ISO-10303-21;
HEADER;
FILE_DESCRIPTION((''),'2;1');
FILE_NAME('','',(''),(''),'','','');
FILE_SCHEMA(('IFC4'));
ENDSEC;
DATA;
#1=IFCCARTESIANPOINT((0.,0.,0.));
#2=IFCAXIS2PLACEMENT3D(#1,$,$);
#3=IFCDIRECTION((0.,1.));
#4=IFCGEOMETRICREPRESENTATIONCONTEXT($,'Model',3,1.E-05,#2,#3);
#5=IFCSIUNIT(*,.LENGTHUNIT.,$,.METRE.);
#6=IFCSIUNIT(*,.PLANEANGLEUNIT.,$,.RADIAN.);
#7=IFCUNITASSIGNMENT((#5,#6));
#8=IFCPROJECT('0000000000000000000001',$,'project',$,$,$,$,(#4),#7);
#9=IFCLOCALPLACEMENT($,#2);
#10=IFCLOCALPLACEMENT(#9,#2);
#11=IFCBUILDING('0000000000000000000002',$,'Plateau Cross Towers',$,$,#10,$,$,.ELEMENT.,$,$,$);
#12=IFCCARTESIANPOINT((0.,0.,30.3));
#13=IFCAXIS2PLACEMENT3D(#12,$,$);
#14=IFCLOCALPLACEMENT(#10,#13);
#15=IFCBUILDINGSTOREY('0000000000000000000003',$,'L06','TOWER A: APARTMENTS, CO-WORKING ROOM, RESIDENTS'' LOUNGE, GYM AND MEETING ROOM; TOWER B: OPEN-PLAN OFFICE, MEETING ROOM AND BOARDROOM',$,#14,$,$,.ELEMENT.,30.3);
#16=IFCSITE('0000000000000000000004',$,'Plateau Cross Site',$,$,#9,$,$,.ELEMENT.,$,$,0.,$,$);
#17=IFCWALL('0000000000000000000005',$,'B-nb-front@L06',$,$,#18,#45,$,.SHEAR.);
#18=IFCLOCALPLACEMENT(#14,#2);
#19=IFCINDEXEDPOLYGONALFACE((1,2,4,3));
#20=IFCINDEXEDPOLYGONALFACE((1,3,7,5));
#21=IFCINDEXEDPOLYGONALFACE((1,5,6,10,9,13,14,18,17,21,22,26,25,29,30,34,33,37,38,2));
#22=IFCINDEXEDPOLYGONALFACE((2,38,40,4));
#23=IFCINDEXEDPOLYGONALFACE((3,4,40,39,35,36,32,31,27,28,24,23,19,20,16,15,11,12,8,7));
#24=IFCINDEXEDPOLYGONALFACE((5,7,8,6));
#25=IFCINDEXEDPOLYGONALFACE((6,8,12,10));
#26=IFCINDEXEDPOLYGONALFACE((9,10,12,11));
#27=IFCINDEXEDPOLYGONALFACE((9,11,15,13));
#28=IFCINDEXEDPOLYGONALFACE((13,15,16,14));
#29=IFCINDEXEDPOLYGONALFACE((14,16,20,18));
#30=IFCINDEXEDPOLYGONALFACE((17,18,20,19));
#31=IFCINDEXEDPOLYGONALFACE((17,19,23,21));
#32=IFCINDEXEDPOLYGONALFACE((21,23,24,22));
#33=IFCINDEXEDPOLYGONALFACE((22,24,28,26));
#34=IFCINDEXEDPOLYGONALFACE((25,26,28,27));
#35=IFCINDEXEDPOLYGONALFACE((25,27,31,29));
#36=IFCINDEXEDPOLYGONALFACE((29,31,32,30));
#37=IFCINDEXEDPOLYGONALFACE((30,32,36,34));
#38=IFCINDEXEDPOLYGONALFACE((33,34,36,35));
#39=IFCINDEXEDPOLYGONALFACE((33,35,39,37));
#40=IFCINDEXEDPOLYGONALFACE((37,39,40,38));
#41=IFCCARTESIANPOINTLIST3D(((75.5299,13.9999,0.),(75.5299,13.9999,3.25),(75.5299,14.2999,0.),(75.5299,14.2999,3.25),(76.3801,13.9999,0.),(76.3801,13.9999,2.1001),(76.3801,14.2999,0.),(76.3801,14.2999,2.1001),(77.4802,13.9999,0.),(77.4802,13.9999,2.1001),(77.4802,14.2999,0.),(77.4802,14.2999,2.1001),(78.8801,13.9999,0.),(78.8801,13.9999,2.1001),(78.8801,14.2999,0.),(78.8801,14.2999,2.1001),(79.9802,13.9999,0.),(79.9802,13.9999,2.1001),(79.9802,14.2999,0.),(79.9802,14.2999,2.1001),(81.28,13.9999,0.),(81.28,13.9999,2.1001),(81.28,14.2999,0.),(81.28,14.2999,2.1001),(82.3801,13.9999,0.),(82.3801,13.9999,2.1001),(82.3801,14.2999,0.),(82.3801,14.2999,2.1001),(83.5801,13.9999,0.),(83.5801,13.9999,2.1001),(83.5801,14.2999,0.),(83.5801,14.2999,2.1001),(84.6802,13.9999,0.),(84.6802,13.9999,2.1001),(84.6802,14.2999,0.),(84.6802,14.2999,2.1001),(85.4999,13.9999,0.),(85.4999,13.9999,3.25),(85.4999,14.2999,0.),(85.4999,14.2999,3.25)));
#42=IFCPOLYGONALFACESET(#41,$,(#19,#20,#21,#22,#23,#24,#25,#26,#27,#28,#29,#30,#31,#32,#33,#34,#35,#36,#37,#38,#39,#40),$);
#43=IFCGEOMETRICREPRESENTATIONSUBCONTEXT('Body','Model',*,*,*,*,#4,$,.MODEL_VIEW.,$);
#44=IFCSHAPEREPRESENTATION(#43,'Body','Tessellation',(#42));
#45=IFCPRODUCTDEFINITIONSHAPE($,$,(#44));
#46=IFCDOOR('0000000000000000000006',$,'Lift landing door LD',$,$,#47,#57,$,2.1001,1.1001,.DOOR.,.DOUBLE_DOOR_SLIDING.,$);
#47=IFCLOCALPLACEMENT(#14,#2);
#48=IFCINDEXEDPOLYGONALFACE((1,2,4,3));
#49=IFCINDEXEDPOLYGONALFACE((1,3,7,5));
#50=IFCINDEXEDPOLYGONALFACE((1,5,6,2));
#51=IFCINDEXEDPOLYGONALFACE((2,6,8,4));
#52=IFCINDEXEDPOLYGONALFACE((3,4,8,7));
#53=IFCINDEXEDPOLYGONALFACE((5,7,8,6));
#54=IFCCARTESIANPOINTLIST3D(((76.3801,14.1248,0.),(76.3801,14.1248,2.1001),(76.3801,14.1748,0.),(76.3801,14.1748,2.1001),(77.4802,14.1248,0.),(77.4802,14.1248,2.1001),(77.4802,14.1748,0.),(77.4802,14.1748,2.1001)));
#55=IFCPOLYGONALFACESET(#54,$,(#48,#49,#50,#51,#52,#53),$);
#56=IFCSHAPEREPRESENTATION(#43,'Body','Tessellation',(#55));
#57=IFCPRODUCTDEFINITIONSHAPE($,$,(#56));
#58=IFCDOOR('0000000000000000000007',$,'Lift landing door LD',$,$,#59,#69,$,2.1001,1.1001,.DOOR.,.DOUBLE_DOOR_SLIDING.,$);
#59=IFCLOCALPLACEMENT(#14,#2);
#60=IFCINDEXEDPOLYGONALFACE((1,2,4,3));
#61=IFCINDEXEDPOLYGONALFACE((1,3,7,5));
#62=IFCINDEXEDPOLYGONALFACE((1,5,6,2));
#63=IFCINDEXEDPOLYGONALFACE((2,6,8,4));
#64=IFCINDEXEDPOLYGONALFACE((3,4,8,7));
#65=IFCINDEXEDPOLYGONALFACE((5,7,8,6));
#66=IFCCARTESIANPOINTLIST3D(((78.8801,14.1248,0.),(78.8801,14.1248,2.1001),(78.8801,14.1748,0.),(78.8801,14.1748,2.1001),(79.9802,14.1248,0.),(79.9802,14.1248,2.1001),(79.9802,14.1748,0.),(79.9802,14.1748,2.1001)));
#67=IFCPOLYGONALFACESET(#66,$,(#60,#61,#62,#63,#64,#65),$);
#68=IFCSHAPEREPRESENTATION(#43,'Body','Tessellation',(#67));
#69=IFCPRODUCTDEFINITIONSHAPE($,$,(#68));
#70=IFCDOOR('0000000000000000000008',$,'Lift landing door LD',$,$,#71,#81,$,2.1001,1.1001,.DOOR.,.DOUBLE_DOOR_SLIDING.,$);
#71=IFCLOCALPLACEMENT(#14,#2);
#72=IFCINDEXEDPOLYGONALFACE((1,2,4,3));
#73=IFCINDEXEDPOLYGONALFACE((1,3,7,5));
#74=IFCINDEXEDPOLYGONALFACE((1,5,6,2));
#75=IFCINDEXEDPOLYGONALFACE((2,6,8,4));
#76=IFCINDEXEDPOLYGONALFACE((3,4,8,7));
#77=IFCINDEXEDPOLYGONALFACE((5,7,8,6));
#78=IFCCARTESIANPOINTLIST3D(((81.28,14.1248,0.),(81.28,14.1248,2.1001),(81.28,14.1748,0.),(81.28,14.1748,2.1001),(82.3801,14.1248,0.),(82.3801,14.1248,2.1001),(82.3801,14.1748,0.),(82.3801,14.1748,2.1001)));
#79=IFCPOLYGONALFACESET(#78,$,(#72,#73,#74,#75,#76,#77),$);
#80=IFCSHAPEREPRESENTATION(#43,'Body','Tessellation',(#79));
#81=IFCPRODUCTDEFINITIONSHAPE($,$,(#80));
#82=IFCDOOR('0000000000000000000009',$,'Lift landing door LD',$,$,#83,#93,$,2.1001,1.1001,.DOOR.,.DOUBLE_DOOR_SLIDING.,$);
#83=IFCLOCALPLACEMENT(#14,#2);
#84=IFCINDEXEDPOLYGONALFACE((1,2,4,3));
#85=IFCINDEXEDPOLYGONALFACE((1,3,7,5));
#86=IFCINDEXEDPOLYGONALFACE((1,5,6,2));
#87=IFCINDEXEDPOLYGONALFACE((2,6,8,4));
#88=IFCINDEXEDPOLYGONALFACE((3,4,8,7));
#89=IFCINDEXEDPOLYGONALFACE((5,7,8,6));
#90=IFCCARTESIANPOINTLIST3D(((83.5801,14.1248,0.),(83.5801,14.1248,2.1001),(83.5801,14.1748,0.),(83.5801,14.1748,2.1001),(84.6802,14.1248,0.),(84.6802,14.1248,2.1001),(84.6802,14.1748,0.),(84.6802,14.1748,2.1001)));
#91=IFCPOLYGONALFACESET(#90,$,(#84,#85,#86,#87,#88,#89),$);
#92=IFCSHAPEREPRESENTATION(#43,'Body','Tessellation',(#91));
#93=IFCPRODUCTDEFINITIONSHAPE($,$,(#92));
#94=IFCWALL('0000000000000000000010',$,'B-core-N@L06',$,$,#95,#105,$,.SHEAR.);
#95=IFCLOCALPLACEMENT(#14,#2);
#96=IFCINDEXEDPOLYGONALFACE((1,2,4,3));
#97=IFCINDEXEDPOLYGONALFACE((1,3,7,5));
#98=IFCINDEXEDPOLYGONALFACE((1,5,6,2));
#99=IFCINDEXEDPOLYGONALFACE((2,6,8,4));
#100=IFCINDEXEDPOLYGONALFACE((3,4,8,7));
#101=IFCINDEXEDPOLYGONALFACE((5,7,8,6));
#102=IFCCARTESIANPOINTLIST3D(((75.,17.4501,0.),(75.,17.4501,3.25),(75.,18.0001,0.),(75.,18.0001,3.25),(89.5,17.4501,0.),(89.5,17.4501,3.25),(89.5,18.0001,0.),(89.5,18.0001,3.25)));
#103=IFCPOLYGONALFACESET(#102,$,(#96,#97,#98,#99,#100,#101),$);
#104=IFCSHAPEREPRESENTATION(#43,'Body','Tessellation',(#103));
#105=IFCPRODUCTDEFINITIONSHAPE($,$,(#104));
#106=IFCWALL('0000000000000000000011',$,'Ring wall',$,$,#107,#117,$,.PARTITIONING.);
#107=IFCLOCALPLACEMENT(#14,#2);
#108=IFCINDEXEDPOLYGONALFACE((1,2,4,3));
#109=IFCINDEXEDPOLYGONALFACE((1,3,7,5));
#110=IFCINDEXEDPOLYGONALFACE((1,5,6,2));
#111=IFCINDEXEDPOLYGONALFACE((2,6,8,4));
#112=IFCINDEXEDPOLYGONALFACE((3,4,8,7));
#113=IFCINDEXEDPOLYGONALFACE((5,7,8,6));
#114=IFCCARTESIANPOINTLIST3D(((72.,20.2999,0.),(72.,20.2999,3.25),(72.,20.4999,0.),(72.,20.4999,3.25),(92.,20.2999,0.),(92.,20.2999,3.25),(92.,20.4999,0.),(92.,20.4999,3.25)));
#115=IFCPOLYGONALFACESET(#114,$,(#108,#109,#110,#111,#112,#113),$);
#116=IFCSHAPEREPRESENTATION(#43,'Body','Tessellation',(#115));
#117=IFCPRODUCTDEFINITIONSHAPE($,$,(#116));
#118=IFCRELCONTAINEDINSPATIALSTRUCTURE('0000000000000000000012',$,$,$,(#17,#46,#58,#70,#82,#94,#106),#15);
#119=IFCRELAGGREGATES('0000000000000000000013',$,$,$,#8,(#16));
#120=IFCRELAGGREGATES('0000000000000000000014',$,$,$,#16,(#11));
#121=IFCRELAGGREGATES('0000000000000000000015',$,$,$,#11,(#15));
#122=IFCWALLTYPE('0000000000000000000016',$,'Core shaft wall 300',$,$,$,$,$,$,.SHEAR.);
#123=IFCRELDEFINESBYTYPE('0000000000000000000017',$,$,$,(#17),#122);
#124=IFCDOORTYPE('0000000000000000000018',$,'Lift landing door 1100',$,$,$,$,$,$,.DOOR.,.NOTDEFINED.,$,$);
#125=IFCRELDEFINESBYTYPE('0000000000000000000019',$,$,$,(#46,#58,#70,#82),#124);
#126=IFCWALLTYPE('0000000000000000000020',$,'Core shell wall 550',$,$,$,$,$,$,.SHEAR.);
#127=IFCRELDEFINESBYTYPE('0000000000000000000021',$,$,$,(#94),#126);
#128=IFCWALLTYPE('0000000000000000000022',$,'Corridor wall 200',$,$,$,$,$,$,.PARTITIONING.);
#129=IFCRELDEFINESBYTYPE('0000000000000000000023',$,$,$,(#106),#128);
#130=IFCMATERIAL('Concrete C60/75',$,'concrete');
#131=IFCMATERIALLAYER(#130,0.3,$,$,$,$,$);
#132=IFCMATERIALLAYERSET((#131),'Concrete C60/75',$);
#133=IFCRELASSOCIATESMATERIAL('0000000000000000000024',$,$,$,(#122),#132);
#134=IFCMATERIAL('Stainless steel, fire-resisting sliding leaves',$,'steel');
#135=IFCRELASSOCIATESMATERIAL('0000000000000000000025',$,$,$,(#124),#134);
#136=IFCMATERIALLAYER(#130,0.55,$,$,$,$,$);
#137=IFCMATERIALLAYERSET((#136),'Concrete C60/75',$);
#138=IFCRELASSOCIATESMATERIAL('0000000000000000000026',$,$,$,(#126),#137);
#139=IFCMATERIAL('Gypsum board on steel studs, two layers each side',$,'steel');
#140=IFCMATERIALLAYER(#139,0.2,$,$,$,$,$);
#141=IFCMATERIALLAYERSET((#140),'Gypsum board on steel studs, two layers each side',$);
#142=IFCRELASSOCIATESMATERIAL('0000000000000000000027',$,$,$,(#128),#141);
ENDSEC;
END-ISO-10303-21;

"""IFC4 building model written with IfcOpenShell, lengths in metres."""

from ifc_helpers import new_model, si_unit, direction, frame, frame_2d, origin, place, context, subcontext, project, spatial, rectangle, extrude, material, layer, layer_set, type_object, element, fill, save


model = new_model("IFC4")

# Units and contexts
model_context = context("Model", 3, precision=1e-05, world=origin(), true_north=direction((0.0, 1.0)))
body_context = subcontext(model_context, "Body", "Model", "MODEL_VIEW")
ifc_project = project(units=[si_unit("LENGTHUNIT", "METRE"), si_unit("PLANEANGLEUNIT", "RADIAN")], contexts=[model_context])

# Site, building, storey
site_placement = place(None, origin())
site = spatial("IfcSite", under=ifc_project, at=site_placement, Name="Plateau Cross Site", CompositionType="ELEMENT", RefElevation=0.0)
building_placement = place(site_placement, origin())
building = spatial("IfcBuilding", under=site, at=building_placement, Name="Plateau Cross Towers", CompositionType="ELEMENT")
storey_placement = place(building_placement, frame((0.0, 0.0, 30.3)))
storey = spatial("IfcBuildingStorey", under=building, at=storey_placement, Name="L06", Description="TOWER A: APARTMENTS, CO-WORKING ROOM, RESIDENTS' LOUNGE, GYM AND MEETING ROOM; TOWER B: OPEN-PLAN OFFICE, MEETING ROOM AND BOARDROOM", CompositionType="ELEMENT", Elevation=30.3)

# Shared definitions
ifc_material_1 = material(Name="Concrete C60/75", Category="concrete")

# Shared definitions
ifc_layer_1 = layer(ifc_material_1, 0.3)
ifc_layer_set_1 = layer_set([ifc_layer_1], Name="Concrete C60/75")
wall_type_1 = type_object("IfcWallType", Name="Core shaft wall 300", PredefinedType="SHEAR", material=ifc_layer_set_1)

# Wall, openings, doors
wall_1_placement = place(storey_placement, frame((75.53, 14.1499, 0.0), z_axis=(0.0, 0.0, 1.0), x_axis=(1.0, 0.0, 0.0)))
wall_1 = element("IfcWall", 1, at=wall_1_placement, inside=storey, type_object=wall_type_1, Name="B-nb-front@L06", PredefinedType="SHEAR", context=body_context, shape_type="SweptSolid", body=[
    extrude(rectangle(XDim=9.97, YDim=0.3, at=frame_2d((4.9849, 0.0))), origin(), (0.0, 0.0, 1.0), 3.25),
])
opening_1_placement = place(wall_1_placement, frame((0.8501, 0.0, 0.0)))
opening_1 = element("IfcOpeningElement", 2, at=opening_1_placement, cuts=wall_1, PredefinedType="OPENING", context=body_context, shape_type="SweptSolid", body=[
    extrude(rectangle(XDim=1.1001, YDim=2.1001, at=frame_2d((0.55, 1.05))), frame((0.0, 0.1599, 0.0), z_axis=(0.0, -1.0, 0.0), x_axis=(1.0, 0.0, 0.0)), (0.0, 0.0, 1.0), 0.3201),
])
opening_2_placement = place(wall_1_placement, frame((3.3501, 0.0, 0.0)))
opening_2 = element("IfcOpeningElement", 3, at=opening_2_placement, cuts=wall_1, PredefinedType="OPENING", context=body_context, shape_type="SweptSolid", body=[
    extrude(rectangle(XDim=1.1001, YDim=2.1001, at=frame_2d((0.55, 1.05))), frame((0.0, 0.1599, 0.0), z_axis=(0.0, -1.0, 0.0), x_axis=(1.0, 0.0, 0.0)), (0.0, 0.0, 1.0), 0.3201),
])
opening_3_placement = place(wall_1_placement, frame((5.75, 0.0, 0.0)))
opening_3 = element("IfcOpeningElement", 4, at=opening_3_placement, cuts=wall_1, PredefinedType="OPENING", context=body_context, shape_type="SweptSolid", body=[
    extrude(rectangle(XDim=1.1001, YDim=2.1001, at=frame_2d((0.55, 1.05))), frame((0.0, 0.1599, 0.0), z_axis=(0.0, -1.0, 0.0), x_axis=(1.0, 0.0, 0.0)), (0.0, 0.0, 1.0), 0.3201),
])
opening_4_placement = place(wall_1_placement, frame((8.05, 0.0, 0.0)))
opening_4 = element("IfcOpeningElement", 5, at=opening_4_placement, cuts=wall_1, PredefinedType="OPENING", context=body_context, shape_type="SweptSolid", body=[
    extrude(rectangle(XDim=1.1001, YDim=2.1001, at=frame_2d((0.55, 1.05))), frame((0.0, 0.1599, 0.0), z_axis=(0.0, -1.0, 0.0), x_axis=(1.0, 0.0, 0.0)), (0.0, 0.0, 1.0), 0.3201),
])
ifc_material_2 = material(Name="Stainless steel, fire-resisting sliding leaves", Category="steel")
door_type = type_object("IfcDoorType", Name="Lift landing door 1100", OperationType="NOTDEFINED", PredefinedType="DOOR", material=ifc_material_2)
door_1_placement = place(opening_1_placement, origin())
door_1 = element("IfcDoor", 6, at=door_1_placement, inside=storey, type_object=door_type, Name="Lift landing door LD", OperationType="DOUBLE_DOOR_SLIDING", OverallHeight=2.1001, OverallWidth=1.1001, PredefinedType="DOOR", context=body_context, shape_type="SweptSolid", body=[
    extrude(rectangle(XDim=1.1001, YDim=2.1001, at=frame_2d((0.55, 1.05))), frame((0.0, 0.0249, 0.0), z_axis=(0.0, -1.0, 0.0), x_axis=(1.0, 0.0, 0.0)), (0.0, 0.0, 1.0), 0.05),
])
fill(opening_1, door_1)
door_2_placement = place(opening_2_placement, origin())
door_2 = element("IfcDoor", 7, at=door_2_placement, inside=storey, type_object=door_type, Name="Lift landing door LD", OperationType="DOUBLE_DOOR_SLIDING", OverallHeight=2.1001, OverallWidth=1.1001, PredefinedType="DOOR", context=body_context, shape_type="SweptSolid", body=[
    extrude(rectangle(XDim=1.1001, YDim=2.1001, at=frame_2d((0.55, 1.05))), frame((0.0, 0.0249, 0.0), z_axis=(0.0, -1.0, 0.0), x_axis=(1.0, 0.0, 0.0)), (0.0, 0.0, 1.0), 0.05),
])
fill(opening_2, door_2)
door_3_placement = place(opening_3_placement, origin())
door_3 = element("IfcDoor", 8, at=door_3_placement, inside=storey, type_object=door_type, Name="Lift landing door LD", OperationType="DOUBLE_DOOR_SLIDING", OverallHeight=2.1001, OverallWidth=1.1001, PredefinedType="DOOR", context=body_context, shape_type="SweptSolid", body=[
    extrude(rectangle(XDim=1.1001, YDim=2.1001, at=frame_2d((0.55, 1.05))), frame((0.0, 0.0249, 0.0), z_axis=(0.0, -1.0, 0.0), x_axis=(1.0, 0.0, 0.0)), (0.0, 0.0, 1.0), 0.05),
])
fill(opening_3, door_3)
door_4_placement = place(opening_4_placement, origin())
door_4 = element("IfcDoor", 9, at=door_4_placement, inside=storey, type_object=door_type, Name="Lift landing door LD", OperationType="DOUBLE_DOOR_SLIDING", OverallHeight=2.1001, OverallWidth=1.1001, PredefinedType="DOOR", context=body_context, shape_type="SweptSolid", body=[
    extrude(rectangle(XDim=1.1001, YDim=2.1001, at=frame_2d((0.55, 1.05))), frame((0.0, 0.0249, 0.0), z_axis=(0.0, -1.0, 0.0), x_axis=(1.0, 0.0, 0.0)), (0.0, 0.0, 1.0), 0.05),
])
fill(opening_4, door_4)

# Walls
ifc_layer_2 = layer(ifc_material_1, 0.55)
ifc_layer_set_2 = layer_set([ifc_layer_2], Name="Concrete C60/75")
wall_type_2 = type_object("IfcWallType", Name="Core shell wall 550", PredefinedType="SHEAR", material=ifc_layer_set_2)
wall_2_placement = place(storey_placement, frame((75.0, 17.7251, 0.0), z_axis=(0.0, 0.0, 1.0), x_axis=(1.0, 0.0, 0.0)))
element("IfcWall", 10, at=wall_2_placement, inside=storey, type_object=wall_type_2, Name="B-core-N@L06", PredefinedType="SHEAR", context=body_context, shape_type="SweptSolid", body=[
    extrude(rectangle(XDim=14.5, YDim=0.55, at=frame_2d((7.25, 0.0))), origin(), (0.0, 0.0, 1.0), 3.25),
])
ifc_material_3 = material(Name="Gypsum board on steel studs, two layers each side", Category="steel")
ifc_layer_3 = layer(ifc_material_3, 0.2)
ifc_layer_set_3 = layer_set([ifc_layer_3], Name="Gypsum board on steel studs, two layers each side")
wall_type_3 = type_object("IfcWallType", Name="Corridor wall 200", PredefinedType="PARTITIONING", material=ifc_layer_set_3)
wall_3_placement = place(storey_placement, frame((72.0, 20.3999, 0.0), z_axis=(0.0, 0.0, 1.0), x_axis=(1.0, 0.0, 0.0)))
element("IfcWall", 11, at=wall_3_placement, inside=storey, type_object=wall_type_3, Name="Ring wall", PredefinedType="PARTITIONING", context=body_context, shape_type="SweptSolid", body=[
    extrude(rectangle(XDim=20.0, YDim=0.2, at=frame_2d((10.0, 0.0))), origin(), (0.0, 0.0, 1.0), 3.25),
])

save(model, "model.ifc")
